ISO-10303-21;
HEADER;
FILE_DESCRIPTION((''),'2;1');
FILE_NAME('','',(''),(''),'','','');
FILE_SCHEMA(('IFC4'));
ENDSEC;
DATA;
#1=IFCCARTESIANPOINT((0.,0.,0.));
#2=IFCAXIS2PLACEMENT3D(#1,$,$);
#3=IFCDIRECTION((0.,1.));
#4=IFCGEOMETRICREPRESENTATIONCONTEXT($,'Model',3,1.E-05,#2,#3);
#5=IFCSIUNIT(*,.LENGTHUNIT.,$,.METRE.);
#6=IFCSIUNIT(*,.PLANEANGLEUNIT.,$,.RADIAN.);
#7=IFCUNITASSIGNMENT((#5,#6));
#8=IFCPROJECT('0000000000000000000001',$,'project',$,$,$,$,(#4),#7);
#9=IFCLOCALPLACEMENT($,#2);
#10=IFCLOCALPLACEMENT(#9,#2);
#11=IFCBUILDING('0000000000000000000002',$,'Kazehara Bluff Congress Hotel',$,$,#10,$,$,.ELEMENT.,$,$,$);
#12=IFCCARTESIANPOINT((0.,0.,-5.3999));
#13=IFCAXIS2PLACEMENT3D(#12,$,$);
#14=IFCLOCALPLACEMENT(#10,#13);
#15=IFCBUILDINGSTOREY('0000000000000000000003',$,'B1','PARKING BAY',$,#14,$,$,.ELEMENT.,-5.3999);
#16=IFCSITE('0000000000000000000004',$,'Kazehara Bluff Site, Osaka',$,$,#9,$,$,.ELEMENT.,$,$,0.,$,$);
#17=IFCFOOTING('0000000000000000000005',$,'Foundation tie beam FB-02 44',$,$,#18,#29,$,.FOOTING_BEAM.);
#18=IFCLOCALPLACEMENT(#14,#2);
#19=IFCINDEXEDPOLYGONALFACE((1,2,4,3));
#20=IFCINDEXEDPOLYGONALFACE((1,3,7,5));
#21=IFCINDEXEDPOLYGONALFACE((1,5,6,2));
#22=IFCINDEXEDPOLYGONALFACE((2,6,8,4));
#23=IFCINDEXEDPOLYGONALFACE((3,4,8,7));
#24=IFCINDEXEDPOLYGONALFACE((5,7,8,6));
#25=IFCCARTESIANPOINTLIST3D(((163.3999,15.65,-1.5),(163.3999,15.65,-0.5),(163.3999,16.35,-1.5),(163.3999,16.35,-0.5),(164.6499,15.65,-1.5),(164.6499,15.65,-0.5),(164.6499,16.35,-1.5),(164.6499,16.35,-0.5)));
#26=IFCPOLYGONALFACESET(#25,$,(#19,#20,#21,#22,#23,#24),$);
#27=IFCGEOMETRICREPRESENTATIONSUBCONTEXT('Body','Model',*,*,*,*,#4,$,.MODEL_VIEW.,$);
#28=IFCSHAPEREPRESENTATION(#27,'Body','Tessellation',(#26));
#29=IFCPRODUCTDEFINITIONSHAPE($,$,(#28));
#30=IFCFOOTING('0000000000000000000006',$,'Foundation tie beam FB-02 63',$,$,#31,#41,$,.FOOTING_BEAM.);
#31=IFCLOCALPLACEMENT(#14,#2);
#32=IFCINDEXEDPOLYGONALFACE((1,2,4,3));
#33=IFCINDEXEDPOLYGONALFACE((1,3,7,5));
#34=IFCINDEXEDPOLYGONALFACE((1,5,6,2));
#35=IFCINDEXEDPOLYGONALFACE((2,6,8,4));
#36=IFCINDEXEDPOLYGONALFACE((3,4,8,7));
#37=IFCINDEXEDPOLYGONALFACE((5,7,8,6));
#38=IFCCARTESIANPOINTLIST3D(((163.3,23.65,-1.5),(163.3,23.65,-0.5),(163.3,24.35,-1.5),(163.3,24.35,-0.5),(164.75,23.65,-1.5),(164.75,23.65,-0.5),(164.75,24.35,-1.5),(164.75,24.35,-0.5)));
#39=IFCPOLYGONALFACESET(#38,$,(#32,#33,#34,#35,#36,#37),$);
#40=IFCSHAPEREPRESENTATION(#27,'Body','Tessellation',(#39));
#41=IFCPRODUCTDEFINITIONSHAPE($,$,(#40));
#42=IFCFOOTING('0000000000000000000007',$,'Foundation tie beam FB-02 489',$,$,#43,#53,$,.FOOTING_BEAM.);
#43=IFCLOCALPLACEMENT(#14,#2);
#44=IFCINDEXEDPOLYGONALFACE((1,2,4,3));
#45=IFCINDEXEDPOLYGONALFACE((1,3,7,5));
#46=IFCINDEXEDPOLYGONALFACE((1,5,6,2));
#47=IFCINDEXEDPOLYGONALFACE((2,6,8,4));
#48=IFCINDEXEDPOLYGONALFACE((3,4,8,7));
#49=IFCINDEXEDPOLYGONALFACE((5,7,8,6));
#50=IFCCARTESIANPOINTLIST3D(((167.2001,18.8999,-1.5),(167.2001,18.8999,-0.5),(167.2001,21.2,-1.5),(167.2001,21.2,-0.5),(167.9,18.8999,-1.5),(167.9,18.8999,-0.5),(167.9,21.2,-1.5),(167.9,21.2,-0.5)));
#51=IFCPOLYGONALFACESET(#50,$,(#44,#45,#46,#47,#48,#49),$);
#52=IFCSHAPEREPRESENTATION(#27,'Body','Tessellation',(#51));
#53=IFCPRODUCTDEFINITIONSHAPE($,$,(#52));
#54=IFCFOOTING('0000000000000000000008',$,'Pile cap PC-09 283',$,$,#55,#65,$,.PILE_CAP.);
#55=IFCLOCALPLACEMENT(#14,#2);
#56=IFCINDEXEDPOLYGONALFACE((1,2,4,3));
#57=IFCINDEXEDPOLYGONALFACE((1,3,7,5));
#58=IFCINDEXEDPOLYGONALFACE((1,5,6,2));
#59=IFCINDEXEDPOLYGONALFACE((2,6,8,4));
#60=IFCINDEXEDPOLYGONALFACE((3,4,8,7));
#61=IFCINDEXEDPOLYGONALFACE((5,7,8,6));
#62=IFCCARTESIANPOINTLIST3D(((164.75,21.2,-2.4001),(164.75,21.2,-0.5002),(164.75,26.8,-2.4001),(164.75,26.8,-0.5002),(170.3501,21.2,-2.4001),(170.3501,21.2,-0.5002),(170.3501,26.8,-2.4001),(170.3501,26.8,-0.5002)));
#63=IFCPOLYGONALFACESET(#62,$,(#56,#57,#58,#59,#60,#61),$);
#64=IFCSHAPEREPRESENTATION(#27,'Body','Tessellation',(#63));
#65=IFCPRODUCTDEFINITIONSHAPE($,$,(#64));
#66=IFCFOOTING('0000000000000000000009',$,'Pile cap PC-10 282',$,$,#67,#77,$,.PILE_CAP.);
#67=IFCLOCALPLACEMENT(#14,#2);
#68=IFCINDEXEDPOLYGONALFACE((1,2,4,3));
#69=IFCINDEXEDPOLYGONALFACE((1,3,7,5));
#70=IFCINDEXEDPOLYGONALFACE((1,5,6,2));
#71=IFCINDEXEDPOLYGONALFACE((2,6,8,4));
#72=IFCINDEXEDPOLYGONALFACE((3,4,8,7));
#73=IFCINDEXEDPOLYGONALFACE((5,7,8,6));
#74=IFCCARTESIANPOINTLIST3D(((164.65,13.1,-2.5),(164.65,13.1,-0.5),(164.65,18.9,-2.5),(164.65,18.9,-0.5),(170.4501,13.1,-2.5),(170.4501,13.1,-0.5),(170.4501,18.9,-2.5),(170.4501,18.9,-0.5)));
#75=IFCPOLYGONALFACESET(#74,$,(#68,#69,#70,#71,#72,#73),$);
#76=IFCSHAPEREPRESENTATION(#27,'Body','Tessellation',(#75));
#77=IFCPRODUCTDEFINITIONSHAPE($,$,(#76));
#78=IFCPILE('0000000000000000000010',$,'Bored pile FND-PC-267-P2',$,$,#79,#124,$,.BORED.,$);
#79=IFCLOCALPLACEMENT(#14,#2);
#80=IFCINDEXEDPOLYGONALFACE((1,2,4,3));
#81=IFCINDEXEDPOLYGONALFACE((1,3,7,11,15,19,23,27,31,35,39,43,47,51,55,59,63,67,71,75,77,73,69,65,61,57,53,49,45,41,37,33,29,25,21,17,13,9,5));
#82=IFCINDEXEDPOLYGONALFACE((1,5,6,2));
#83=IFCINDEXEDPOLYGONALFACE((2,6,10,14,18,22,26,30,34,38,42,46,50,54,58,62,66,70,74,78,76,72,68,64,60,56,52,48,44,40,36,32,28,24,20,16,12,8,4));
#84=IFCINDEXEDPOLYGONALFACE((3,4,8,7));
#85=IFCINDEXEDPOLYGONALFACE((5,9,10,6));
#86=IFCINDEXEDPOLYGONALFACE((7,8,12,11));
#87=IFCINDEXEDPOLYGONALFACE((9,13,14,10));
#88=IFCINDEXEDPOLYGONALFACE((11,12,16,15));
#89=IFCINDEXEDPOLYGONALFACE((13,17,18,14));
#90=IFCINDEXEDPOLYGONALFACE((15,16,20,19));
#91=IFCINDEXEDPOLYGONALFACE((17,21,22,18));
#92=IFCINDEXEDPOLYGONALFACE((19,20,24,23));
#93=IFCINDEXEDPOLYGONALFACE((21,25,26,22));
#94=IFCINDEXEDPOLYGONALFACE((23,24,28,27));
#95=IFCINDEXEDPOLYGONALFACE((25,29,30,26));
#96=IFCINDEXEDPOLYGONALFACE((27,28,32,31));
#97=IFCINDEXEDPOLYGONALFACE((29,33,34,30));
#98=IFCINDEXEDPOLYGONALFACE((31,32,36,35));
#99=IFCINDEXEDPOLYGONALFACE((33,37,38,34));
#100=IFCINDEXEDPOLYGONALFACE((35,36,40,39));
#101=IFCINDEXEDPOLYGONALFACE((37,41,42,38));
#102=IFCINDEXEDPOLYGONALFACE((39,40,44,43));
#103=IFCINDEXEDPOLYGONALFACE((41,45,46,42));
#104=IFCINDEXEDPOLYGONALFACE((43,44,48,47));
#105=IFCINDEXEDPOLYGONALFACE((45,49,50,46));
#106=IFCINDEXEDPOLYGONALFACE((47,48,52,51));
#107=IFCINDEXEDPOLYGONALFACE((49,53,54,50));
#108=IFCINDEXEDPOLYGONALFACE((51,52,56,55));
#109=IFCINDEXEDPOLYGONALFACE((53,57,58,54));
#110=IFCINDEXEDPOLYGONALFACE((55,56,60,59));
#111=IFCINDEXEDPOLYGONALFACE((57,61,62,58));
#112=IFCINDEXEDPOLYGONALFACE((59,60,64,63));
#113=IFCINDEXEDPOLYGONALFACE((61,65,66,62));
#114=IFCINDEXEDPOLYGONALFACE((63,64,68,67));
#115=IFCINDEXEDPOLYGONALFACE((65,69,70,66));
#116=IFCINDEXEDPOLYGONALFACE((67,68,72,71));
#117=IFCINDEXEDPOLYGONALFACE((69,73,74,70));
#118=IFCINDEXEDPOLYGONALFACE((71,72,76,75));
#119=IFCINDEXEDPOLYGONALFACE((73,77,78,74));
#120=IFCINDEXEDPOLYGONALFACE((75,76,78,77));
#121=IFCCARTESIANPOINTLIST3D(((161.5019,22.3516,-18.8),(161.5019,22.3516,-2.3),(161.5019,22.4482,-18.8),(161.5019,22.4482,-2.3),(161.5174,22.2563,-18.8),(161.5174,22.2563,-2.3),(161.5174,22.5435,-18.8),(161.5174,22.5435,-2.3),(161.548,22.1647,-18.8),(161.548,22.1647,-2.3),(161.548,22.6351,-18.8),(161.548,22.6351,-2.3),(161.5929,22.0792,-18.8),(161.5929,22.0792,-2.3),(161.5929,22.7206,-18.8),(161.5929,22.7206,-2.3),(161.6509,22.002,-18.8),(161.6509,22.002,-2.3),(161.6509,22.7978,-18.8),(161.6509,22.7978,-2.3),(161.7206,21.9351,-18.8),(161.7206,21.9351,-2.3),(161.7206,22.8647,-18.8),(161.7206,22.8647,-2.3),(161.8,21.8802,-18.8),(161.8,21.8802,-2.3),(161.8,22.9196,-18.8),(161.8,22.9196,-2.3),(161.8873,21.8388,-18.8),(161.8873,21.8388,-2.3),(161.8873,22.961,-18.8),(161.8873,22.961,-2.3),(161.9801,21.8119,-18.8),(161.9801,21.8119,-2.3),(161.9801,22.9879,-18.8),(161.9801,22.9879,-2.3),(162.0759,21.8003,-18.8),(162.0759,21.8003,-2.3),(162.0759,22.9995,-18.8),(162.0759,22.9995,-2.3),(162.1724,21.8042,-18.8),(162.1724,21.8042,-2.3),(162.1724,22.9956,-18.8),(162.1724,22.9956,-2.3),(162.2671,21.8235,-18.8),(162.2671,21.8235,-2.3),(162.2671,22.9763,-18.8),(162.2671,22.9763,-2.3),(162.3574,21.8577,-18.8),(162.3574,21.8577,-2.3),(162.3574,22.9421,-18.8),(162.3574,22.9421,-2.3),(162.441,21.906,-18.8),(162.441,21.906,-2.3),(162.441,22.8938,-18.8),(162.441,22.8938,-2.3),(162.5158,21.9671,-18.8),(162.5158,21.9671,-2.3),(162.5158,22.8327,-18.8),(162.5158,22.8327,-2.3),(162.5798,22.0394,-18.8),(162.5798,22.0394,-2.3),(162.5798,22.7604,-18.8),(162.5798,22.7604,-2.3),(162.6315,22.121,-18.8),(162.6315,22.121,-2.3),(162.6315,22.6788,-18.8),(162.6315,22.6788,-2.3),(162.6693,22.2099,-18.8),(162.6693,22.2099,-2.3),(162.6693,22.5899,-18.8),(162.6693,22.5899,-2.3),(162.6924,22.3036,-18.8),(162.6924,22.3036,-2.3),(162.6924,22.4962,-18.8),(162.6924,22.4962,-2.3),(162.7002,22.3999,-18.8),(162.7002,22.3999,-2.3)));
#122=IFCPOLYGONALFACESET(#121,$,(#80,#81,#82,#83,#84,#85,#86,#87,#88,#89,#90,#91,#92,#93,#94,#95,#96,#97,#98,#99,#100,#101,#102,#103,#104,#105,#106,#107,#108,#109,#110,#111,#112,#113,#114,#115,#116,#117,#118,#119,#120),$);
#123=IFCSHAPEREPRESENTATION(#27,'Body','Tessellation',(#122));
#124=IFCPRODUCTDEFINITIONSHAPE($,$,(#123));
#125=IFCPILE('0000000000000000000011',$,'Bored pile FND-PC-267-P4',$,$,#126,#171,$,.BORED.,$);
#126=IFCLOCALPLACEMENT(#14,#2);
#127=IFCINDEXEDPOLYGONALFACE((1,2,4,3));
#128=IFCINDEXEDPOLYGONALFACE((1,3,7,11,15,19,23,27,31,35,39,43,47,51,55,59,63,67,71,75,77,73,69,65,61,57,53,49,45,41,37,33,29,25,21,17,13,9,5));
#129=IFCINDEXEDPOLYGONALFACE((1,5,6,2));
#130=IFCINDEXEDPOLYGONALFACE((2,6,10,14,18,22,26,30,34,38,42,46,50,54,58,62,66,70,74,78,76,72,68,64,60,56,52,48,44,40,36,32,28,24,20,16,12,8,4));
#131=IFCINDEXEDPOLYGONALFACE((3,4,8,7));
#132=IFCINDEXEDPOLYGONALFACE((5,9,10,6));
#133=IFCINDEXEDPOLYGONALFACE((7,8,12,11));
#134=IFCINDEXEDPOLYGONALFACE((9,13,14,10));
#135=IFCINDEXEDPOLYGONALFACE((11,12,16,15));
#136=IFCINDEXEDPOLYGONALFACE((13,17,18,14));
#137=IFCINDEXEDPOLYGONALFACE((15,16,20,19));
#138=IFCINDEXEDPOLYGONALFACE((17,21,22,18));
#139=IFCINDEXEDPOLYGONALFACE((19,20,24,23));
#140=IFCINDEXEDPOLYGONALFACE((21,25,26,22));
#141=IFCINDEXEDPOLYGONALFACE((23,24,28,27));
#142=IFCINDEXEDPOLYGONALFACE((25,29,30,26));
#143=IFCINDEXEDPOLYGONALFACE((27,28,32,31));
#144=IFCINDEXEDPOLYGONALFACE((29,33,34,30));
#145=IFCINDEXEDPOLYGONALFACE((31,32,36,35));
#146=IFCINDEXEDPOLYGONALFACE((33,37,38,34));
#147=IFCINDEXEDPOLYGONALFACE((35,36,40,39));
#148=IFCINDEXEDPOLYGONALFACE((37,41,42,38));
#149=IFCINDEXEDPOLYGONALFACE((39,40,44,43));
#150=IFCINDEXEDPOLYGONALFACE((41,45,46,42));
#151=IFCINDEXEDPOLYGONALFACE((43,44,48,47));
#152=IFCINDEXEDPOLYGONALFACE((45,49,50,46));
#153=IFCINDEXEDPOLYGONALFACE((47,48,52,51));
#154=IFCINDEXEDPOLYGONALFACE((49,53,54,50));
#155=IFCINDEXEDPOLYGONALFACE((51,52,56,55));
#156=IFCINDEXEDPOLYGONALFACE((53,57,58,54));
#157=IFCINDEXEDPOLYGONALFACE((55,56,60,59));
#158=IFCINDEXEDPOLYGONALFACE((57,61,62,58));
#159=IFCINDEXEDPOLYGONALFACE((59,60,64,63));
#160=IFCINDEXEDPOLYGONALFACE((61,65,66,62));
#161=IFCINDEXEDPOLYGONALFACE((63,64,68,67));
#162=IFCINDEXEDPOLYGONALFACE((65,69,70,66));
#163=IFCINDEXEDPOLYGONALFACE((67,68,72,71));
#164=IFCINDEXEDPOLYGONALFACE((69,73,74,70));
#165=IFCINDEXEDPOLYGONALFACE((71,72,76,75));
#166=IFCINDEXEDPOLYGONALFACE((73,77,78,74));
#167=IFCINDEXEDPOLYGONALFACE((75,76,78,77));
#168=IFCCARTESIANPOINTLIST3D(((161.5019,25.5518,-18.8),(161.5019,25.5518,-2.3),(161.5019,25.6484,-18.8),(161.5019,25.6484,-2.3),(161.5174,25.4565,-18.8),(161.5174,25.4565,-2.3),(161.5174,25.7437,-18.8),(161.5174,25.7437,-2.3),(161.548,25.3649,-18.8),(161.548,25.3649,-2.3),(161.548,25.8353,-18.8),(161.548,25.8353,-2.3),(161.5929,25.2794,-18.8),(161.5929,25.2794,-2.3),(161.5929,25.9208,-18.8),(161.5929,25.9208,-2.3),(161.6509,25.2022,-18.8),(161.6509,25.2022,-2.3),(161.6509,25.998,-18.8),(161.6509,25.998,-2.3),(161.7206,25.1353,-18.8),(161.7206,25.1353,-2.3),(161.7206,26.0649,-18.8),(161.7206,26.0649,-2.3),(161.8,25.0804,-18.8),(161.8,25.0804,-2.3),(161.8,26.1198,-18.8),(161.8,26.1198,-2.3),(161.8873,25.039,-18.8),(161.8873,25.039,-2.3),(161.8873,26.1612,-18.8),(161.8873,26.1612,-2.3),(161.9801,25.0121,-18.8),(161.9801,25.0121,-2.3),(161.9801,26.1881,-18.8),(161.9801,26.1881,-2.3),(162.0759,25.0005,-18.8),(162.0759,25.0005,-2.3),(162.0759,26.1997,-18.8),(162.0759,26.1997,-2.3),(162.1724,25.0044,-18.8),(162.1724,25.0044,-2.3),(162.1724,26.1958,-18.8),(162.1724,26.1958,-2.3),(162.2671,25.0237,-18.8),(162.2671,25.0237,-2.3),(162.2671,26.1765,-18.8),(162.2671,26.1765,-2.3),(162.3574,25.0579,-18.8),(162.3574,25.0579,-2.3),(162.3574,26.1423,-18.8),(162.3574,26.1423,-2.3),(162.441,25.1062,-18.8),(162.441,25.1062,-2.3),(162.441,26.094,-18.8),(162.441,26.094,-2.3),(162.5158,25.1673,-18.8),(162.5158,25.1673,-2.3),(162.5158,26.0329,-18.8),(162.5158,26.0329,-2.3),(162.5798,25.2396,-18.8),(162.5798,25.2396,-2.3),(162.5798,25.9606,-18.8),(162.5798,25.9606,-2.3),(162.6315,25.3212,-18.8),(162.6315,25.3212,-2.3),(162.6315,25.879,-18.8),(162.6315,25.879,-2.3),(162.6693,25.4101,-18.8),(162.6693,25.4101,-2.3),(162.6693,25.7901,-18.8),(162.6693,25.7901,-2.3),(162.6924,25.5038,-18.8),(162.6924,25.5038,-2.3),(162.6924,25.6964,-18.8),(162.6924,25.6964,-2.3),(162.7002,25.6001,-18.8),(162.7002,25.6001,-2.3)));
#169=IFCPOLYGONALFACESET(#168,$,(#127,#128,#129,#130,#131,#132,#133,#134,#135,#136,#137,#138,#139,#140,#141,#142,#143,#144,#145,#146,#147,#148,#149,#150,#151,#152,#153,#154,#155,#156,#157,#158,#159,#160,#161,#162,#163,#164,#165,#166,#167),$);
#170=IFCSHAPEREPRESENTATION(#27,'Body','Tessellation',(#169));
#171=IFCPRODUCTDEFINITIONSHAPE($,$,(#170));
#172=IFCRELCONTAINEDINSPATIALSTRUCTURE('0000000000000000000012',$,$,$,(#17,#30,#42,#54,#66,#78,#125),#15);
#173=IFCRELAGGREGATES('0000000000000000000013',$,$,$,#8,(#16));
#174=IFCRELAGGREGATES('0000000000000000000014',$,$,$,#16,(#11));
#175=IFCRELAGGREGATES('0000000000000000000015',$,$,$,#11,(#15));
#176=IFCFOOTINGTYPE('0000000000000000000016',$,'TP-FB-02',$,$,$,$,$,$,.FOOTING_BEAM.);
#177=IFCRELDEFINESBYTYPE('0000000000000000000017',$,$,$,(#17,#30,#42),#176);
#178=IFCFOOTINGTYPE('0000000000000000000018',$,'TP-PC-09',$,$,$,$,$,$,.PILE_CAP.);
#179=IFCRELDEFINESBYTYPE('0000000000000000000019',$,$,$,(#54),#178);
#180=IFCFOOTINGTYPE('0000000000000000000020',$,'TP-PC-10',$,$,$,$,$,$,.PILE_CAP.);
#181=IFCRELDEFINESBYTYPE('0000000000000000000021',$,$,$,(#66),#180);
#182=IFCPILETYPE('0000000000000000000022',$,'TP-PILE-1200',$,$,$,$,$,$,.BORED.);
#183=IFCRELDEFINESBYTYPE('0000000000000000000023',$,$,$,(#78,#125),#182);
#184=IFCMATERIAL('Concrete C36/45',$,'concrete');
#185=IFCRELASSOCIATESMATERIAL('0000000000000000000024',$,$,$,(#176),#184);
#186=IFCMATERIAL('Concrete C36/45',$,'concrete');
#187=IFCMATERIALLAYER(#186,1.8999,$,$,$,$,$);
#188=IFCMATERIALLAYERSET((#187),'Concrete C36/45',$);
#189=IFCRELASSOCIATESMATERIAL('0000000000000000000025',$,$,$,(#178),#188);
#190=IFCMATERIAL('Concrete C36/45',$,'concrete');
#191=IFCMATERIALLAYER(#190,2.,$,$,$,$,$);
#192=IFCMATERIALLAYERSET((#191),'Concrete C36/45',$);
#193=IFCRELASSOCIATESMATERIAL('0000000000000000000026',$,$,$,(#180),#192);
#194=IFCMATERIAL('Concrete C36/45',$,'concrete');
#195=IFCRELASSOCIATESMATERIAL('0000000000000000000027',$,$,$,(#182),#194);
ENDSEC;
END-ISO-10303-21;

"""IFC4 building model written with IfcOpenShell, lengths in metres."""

from ifc_helpers import new_model, si_unit, direction, frame, origin, origin_2d, place, context, subcontext, project, spatial, rectangle, circle, extrude, material, layer, layer_set, material_profile, profile_set, type_object, element, save


model = new_model("IFC4")

# Units and contexts
model_context = context("Model", 3, precision=1e-05, world=origin(), true_north=direction((0.0, 1.0)))
body_context = subcontext(model_context, "Body", "Model", "MODEL_VIEW")
ifc_project = project(units=[si_unit("LENGTHUNIT", "METRE"), si_unit("PLANEANGLEUNIT", "RADIAN")], contexts=[model_context])

# Site, building, storey
site_placement = place(None, origin())
site = spatial("IfcSite", under=ifc_project, at=site_placement, Name="Kazehara Bluff Site, Osaka", CompositionType="ELEMENT", RefElevation=0.0)
building_placement = place(site_placement, origin())
building = spatial("IfcBuilding", under=site, at=building_placement, Name="Kazehara Bluff Congress Hotel", CompositionType="ELEMENT")
storey_placement = place(building_placement, frame((0.0, 0.0, -5.3999)))
storey = spatial("IfcBuildingStorey", under=building, at=storey_placement, Name="B1", Description="PARKING BAY", CompositionType="ELEMENT", Elevation=-5.3999)

# Footings
ifc_material_1 = material(Name="Concrete C36/45", Category="concrete")
ifc_material_profile_1 = material_profile(ifc_material_1, rectangle(XDim=0.7, YDim=1.0, at=origin_2d()))
ifc_profile_set_1 = profile_set([ifc_material_profile_1], Name="Concrete C36/45")
footing_type_1 = type_object("IfcFootingType", Name="TP-FB-02", PredefinedType="FOOTING_BEAM", material=ifc_profile_set_1)
footing_1_placement = place(storey_placement, frame((163.3999, 16.0, -1.0), z_axis=(1.0, 0.0, 0.0), x_axis=(0.0, 1.0, 0.0)))
element("IfcFooting", 1, at=footing_1_placement, inside=storey, type_object=footing_type_1, Name="Foundation tie beam FB-02 44", PredefinedType="FOOTING_BEAM", context=body_context, shape_type="SweptSolid", body=[
    extrude(rectangle(XDim=0.7, YDim=1.0, at=origin_2d()), origin(), (0.0, 0.0, 1.0), 1.25),
])
footing_2_placement = place(storey_placement, frame((163.3, 24.0, -1.0), z_axis=(1.0, 0.0, 0.0), x_axis=(0.0, 1.0, 0.0)))
element("IfcFooting", 2, at=footing_2_placement, inside=storey, type_object=footing_type_1, Name="Foundation tie beam FB-02 63", PredefinedType="FOOTING_BEAM", context=body_context, shape_type="SweptSolid", body=[
    extrude(rectangle(XDim=0.7, YDim=1.0, at=origin_2d()), origin(), (0.0, 0.0, 1.0), 1.45),
])
footing_3_placement = place(storey_placement, frame((167.55, 18.8999, -1.0), z_axis=(0.0, 1.0, 0.0), x_axis=(-1.0, 0.0, 0.0)))
element("IfcFooting", 3, at=footing_3_placement, inside=storey, type_object=footing_type_1, Name="Foundation tie beam FB-02 489", PredefinedType="FOOTING_BEAM", context=body_context, shape_type="SweptSolid", body=[
    extrude(rectangle(XDim=0.7, YDim=1.0, at=origin_2d()), origin(), (0.0, 0.0, 1.0), 2.3),
])
ifc_material_2 = material(Name="Concrete C36/45", Category="concrete")
ifc_layer_1 = layer(ifc_material_2, 1.8999)
ifc_layer_set_1 = layer_set([ifc_layer_1], Name="Concrete C36/45")
footing_type_2 = type_object("IfcFootingType", Name="TP-PC-09", PredefinedType="PILE_CAP", material=ifc_layer_set_1)
footing_4_placement = place(storey_placement, frame((167.55, 24.0, -2.4001), z_axis=(0.0, 0.0, 1.0), x_axis=(1.0, 0.0, 0.0)))
element("IfcFooting", 4, at=footing_4_placement, inside=storey, type_object=footing_type_2, Name="Pile cap PC-09 283", PredefinedType="PILE_CAP", context=body_context, shape_type="SweptSolid", body=[
    extrude(rectangle(XDim=5.6001, YDim=5.6001, at=origin_2d()), origin(), (0.0, 0.0, 1.0), 1.8999),
])
ifc_material_3 = material(Name="Concrete C36/45", Category="concrete")
ifc_layer_2 = layer(ifc_material_3, 2.0)
ifc_layer_set_2 = layer_set([ifc_layer_2], Name="Concrete C36/45")
footing_type_3 = type_object("IfcFootingType", Name="TP-PC-10", PredefinedType="PILE_CAP", material=ifc_layer_set_2)
footing_5_placement = place(storey_placement, frame((167.55, 16.0, -2.5), z_axis=(0.0, 0.0, 1.0), x_axis=(1.0, 0.0, 0.0)))
element("IfcFooting", 5, at=footing_5_placement, inside=storey, type_object=footing_type_3, Name="Pile cap PC-10 282", PredefinedType="PILE_CAP", context=body_context, shape_type="SweptSolid", body=[
    extrude(rectangle(XDim=5.8, YDim=5.8, at=origin_2d()), origin(), (0.0, 0.0, 1.0), 2.0),
])

# Piles
ifc_material_4 = material(Name="Concrete C36/45", Category="concrete")
ifc_material_profile_2 = material_profile(ifc_material_4, circle(Radius=0.6001, at=origin_2d()))
ifc_profile_set_2 = profile_set([ifc_material_profile_2], Name="Concrete C36/45")
pile_type_1 = type_object("IfcPileType", Name="TP-PILE-1200", PredefinedType="BORED", material=ifc_profile_set_2)
for number, where, z_axis, x_axis, name in (
    (6, (162.1001, 22.3999, -2.3), (0.0, 0.0, -1.0), (1.0, 0.0, 0.0), "Bored pile FND-PC-267-P2"),
    (7, (162.1001, 25.6001, -2.3), (0.0, 0.0, -1.0), (1.0, 0.0, 0.0), "Bored pile FND-PC-267-P4"),
):
    element("IfcPile", number, at=place(storey_placement, frame(where, z_axis=z_axis, x_axis=x_axis)), inside=storey, type_object=pile_type_1, Name=name, PredefinedType="BORED", context=body_context, shape_type="SweptSolid", body=[
        extrude(circle(Radius=0.6001, at=origin_2d()), origin(), (0.0, 0.0, 1.0), 16.5),
    ])

save(model, "model.ifc")
